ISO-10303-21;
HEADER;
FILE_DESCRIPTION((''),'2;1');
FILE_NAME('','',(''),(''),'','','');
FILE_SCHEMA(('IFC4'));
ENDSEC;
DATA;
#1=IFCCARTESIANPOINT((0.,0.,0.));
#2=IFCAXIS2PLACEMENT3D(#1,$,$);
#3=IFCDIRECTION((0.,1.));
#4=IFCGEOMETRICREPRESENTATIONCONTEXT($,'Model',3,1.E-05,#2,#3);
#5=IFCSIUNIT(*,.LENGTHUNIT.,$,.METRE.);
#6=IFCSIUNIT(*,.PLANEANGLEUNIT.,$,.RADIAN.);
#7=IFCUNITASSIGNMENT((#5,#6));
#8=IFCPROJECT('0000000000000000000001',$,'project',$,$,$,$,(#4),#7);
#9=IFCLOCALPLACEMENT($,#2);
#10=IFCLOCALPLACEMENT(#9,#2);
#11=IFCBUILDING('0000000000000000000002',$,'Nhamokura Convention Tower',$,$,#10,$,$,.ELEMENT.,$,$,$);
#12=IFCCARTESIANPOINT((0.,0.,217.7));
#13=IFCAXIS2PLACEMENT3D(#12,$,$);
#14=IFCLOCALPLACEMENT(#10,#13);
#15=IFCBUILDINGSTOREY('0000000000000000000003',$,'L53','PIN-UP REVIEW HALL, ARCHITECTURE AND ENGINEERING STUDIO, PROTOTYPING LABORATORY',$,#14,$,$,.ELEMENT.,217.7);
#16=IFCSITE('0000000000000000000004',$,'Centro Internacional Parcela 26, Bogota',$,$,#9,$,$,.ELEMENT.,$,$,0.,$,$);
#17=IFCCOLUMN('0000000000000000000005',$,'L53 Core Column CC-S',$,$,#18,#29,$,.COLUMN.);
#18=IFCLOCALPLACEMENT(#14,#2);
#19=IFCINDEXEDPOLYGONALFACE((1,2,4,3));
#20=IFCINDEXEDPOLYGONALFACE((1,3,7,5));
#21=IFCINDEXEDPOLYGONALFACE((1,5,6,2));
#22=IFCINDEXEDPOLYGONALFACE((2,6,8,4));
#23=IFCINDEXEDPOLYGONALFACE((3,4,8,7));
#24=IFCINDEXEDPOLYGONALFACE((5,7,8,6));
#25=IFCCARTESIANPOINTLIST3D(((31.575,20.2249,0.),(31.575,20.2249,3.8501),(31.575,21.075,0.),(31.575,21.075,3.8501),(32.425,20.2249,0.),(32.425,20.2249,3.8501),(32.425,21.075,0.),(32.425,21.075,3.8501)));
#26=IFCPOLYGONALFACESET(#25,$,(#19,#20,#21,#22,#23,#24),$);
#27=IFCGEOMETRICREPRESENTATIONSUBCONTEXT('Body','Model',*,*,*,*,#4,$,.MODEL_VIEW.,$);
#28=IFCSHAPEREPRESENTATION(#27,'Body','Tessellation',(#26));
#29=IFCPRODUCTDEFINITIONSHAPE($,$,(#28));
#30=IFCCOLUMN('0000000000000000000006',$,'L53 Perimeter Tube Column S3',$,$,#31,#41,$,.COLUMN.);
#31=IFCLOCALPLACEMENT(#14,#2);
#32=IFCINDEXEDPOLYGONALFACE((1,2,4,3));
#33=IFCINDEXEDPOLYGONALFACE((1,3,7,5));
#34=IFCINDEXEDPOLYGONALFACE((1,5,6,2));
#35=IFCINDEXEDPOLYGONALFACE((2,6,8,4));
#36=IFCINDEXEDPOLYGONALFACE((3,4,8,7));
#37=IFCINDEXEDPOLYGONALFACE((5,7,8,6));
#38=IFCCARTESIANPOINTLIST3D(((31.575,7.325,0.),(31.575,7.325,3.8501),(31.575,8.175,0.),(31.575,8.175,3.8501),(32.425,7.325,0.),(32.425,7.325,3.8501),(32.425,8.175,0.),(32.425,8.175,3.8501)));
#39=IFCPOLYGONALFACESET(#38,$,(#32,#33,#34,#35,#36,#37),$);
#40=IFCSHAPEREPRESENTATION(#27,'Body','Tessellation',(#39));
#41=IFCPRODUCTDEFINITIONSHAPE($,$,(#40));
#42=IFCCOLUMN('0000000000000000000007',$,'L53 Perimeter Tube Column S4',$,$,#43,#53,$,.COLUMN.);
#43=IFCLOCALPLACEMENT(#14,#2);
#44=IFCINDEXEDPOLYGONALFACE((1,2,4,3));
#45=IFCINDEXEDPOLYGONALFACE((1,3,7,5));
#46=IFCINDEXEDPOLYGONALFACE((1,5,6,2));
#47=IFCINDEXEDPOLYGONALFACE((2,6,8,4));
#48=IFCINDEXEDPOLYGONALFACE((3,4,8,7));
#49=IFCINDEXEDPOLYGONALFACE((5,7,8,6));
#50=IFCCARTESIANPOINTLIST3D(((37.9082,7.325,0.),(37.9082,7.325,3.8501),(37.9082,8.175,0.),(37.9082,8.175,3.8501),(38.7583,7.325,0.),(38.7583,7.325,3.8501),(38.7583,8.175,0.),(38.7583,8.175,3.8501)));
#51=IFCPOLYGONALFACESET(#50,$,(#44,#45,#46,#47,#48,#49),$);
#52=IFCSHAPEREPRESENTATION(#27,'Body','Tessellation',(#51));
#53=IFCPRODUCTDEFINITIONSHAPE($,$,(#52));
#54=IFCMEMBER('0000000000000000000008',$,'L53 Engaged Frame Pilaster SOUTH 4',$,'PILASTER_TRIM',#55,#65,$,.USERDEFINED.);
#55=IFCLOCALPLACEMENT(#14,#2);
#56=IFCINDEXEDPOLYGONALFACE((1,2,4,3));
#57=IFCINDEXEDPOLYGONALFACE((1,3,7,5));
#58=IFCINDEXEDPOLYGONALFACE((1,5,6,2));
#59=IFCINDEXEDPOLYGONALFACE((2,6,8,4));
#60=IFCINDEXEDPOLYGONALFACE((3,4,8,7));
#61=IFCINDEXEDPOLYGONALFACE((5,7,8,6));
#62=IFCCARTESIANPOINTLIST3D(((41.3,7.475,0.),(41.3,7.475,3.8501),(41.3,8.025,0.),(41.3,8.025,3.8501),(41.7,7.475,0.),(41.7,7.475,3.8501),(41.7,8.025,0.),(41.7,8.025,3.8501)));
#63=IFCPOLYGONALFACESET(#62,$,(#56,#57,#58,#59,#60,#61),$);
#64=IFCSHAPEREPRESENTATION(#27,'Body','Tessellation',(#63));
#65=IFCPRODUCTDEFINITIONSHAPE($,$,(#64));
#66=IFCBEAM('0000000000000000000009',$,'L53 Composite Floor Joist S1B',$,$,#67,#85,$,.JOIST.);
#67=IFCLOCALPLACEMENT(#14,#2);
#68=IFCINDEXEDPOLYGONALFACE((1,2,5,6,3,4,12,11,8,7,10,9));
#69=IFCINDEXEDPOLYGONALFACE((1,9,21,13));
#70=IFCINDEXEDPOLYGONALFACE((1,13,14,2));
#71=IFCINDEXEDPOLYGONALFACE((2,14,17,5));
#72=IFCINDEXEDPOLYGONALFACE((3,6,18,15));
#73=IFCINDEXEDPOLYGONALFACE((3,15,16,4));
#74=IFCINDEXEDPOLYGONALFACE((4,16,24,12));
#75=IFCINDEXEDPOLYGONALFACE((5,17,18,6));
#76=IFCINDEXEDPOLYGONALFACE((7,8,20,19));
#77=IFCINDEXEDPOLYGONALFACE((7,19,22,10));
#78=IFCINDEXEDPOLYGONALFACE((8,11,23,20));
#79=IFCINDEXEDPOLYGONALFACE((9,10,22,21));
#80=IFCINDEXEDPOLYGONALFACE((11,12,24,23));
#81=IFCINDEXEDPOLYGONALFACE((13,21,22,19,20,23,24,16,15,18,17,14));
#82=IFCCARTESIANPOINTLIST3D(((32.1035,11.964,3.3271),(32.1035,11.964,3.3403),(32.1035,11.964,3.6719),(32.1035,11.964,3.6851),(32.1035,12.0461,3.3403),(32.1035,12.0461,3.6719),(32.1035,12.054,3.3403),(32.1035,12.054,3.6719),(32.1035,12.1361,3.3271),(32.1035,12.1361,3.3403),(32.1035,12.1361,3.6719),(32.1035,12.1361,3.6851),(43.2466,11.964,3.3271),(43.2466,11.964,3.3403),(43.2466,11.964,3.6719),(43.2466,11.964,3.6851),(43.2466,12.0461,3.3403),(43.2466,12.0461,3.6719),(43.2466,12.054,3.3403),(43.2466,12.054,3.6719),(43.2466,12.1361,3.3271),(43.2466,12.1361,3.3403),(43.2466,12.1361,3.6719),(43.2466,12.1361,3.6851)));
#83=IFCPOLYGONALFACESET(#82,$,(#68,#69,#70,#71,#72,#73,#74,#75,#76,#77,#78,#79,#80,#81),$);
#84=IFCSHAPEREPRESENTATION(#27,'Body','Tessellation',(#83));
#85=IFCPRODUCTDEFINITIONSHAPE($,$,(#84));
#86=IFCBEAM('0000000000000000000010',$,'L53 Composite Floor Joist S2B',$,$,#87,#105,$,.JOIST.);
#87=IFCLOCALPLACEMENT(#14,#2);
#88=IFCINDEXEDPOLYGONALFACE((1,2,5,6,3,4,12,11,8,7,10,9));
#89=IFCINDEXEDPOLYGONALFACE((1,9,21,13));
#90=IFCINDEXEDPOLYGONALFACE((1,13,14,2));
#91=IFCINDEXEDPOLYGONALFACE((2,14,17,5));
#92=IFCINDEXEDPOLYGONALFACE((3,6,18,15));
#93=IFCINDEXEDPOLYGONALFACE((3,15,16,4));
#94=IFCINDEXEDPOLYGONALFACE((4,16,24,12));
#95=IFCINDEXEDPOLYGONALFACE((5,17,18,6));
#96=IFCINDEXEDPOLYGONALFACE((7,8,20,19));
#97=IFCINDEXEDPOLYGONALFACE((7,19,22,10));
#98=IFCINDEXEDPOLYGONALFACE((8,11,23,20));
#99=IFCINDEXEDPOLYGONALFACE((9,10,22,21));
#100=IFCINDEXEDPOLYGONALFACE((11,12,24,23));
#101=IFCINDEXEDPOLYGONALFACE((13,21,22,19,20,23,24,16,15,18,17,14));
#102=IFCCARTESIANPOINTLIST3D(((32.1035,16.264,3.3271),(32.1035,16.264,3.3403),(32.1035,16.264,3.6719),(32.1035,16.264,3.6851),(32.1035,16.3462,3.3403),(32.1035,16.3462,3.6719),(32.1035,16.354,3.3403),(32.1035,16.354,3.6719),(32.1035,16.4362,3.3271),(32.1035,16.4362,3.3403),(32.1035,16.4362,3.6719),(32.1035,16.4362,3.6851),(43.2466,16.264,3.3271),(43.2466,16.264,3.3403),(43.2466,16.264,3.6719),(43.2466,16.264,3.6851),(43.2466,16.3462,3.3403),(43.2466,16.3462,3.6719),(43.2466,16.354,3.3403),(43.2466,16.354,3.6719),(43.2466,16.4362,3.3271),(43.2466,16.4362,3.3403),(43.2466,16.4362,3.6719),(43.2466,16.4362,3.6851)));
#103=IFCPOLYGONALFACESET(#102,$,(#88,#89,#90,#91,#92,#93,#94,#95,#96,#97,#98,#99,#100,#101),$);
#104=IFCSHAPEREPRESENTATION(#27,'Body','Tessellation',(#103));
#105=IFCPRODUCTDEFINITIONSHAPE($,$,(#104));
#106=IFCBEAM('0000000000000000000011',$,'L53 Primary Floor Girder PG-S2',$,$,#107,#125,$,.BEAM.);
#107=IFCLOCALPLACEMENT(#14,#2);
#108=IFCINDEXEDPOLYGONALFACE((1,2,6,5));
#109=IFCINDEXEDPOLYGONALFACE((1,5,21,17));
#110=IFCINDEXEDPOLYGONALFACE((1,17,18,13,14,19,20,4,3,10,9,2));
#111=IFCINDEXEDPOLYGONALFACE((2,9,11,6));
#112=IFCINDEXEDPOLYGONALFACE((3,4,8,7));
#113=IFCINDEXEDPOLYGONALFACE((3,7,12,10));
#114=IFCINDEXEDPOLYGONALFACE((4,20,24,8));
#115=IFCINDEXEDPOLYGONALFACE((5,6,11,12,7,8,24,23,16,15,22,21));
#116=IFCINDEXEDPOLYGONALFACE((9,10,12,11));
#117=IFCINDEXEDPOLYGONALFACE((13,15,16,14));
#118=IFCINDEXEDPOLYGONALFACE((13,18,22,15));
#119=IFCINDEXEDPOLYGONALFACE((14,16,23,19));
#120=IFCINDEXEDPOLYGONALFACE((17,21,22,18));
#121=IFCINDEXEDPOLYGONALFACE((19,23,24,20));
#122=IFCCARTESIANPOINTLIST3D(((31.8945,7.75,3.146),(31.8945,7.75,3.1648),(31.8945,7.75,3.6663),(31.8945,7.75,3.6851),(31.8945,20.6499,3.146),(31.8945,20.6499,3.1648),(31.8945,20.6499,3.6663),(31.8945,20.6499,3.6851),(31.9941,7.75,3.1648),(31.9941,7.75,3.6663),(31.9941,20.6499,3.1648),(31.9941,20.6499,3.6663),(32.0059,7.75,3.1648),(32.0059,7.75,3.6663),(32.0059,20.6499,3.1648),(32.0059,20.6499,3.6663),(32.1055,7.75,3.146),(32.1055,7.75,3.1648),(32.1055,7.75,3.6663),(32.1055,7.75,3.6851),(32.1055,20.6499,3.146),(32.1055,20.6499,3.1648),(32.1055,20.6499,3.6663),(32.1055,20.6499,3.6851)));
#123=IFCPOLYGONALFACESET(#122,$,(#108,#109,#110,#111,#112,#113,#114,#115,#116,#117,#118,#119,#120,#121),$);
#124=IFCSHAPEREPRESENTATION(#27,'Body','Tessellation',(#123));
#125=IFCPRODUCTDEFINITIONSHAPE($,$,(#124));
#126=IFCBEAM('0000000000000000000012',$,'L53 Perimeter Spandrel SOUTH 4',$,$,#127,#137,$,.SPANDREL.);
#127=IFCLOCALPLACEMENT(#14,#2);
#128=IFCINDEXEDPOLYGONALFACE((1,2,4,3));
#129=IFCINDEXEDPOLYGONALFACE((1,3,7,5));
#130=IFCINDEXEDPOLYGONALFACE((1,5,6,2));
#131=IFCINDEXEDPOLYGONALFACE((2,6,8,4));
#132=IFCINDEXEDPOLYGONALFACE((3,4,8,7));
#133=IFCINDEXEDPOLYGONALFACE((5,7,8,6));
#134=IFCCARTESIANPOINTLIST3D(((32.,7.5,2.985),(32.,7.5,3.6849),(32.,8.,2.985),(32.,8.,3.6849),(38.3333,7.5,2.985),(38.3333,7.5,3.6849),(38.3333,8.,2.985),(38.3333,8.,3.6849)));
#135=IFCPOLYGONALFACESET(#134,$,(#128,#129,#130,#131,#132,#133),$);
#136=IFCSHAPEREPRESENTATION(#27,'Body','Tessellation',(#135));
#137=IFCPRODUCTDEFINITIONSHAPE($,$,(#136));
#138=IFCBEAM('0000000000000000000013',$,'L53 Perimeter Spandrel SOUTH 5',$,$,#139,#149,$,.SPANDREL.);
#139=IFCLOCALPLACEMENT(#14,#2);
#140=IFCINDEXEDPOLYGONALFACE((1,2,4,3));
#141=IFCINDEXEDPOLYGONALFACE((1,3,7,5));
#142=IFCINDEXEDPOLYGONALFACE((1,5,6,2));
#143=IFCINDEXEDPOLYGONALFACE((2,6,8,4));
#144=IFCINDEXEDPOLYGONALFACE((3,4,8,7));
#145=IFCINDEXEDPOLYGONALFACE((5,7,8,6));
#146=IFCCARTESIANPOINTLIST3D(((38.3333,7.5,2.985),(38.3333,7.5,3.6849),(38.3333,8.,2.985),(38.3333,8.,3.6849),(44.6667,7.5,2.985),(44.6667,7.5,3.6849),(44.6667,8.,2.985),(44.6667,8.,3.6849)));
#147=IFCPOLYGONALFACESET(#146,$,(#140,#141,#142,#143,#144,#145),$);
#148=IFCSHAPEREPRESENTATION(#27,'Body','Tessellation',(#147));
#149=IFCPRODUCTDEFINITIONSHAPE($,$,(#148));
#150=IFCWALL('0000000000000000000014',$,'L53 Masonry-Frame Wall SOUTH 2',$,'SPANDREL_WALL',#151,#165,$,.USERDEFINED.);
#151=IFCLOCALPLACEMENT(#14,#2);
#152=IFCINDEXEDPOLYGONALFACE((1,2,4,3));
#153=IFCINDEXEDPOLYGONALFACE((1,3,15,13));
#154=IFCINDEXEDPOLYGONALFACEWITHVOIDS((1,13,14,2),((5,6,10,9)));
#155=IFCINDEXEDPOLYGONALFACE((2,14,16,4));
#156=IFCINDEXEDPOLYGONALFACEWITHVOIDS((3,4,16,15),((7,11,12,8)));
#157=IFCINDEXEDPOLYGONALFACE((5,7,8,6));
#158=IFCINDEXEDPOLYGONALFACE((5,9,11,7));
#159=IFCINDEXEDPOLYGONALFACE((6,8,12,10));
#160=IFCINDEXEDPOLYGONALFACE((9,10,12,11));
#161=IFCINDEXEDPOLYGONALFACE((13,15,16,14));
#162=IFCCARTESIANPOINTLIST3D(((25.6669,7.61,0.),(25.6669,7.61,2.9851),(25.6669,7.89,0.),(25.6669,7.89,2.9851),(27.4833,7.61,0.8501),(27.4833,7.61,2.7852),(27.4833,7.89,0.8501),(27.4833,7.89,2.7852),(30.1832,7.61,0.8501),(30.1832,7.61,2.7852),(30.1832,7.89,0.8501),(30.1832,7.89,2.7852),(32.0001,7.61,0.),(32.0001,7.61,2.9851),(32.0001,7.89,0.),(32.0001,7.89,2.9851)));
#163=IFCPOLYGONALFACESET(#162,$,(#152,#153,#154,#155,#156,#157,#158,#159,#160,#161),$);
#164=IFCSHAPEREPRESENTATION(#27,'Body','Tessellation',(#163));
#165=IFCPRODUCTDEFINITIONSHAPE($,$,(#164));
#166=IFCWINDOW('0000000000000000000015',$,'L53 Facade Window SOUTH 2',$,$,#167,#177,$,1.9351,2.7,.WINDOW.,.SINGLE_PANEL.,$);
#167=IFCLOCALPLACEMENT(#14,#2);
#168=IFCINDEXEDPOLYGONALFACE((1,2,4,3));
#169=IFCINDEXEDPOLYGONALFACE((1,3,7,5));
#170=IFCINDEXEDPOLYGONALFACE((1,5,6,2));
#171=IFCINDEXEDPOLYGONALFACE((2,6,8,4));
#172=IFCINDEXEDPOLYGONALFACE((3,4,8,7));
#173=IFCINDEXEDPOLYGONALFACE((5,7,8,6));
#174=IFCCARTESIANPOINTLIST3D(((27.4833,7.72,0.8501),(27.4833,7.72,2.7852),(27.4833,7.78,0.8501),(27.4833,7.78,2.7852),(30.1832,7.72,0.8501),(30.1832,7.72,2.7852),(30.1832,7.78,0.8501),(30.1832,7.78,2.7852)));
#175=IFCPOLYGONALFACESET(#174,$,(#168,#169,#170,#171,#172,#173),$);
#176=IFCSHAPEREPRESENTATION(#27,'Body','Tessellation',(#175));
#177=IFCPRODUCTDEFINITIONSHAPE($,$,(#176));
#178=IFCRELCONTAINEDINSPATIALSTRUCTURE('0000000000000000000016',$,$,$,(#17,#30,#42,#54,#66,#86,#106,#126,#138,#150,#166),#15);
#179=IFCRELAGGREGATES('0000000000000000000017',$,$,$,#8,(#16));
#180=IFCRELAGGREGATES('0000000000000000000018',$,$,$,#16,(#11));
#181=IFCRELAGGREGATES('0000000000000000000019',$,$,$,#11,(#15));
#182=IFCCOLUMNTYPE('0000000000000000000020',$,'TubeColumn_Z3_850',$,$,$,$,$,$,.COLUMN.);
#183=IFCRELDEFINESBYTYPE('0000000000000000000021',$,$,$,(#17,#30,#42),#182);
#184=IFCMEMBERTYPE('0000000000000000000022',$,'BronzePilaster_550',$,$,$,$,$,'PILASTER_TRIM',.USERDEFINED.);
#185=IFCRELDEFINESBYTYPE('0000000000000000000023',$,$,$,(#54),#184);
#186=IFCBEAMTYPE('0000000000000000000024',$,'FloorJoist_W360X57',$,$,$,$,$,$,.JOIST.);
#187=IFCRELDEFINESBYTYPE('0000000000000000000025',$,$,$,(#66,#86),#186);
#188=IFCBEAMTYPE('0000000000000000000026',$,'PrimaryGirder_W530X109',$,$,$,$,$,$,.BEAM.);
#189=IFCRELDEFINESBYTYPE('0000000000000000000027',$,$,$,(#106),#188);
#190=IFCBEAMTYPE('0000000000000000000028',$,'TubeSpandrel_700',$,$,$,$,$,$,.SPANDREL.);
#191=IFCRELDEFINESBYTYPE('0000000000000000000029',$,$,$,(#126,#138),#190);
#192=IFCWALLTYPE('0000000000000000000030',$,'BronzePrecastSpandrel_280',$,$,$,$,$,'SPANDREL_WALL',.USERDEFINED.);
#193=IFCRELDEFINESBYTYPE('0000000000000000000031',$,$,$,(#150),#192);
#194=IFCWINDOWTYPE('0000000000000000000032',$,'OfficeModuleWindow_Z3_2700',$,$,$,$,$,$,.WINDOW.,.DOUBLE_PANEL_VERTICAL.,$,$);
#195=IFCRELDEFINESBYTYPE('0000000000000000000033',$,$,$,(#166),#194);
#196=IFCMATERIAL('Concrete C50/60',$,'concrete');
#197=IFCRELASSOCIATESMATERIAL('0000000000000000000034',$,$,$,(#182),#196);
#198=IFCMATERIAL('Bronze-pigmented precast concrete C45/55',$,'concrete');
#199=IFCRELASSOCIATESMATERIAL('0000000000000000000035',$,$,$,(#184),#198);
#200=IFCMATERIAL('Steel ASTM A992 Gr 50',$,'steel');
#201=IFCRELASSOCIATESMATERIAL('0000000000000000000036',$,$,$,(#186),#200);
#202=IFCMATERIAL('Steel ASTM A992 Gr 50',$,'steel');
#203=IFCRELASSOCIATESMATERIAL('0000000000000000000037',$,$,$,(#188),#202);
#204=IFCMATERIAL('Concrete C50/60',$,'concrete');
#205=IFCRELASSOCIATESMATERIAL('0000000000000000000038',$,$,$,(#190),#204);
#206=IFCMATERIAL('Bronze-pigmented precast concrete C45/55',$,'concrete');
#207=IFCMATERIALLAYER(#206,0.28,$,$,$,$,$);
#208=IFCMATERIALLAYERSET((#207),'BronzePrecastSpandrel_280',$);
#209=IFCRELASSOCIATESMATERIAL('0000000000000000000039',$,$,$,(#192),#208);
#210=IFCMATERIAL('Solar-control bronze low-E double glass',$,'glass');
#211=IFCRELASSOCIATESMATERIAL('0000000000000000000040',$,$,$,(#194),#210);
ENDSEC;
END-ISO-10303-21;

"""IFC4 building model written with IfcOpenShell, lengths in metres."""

from ifc_helpers import new_model, si_unit, direction, frame, frame_2d, origin, origin_2d, place, context, subcontext, project, spatial, rectangle, i_section, extrude, material, layer, layer_set, material_profile, profile_set, type_object, element, fill, save


model = new_model("IFC4")

# Units and contexts
model_context = context("Model", 3, precision=1e-05, world=origin(), true_north=direction((0.0, 1.0)))
body_context = subcontext(model_context, "Body", "Model", "MODEL_VIEW")
ifc_project = project(units=[si_unit("LENGTHUNIT", "METRE"), si_unit("PLANEANGLEUNIT", "RADIAN")], contexts=[model_context])

# Site, building, storey
site_placement = place(None, origin())
site = spatial("IfcSite", under=ifc_project, at=site_placement, Name="Centro Internacional Parcela 26, Bogota", CompositionType="ELEMENT", RefElevation=0.0)
building_placement = place(site_placement, origin())
building = spatial("IfcBuilding", under=site, at=building_placement, Name="Nhamokura Convention Tower", CompositionType="ELEMENT")
storey_placement = place(building_placement, frame((0.0, 0.0, 217.7)))
storey = spatial("IfcBuildingStorey", under=building, at=storey_placement, Name="L53", Description="PIN-UP REVIEW HALL, ARCHITECTURE AND ENGINEERING STUDIO, PROTOTYPING LABORATORY", CompositionType="ELEMENT", Elevation=217.7)

# Columns
ifc_material_1 = material(Name="Concrete C50/60", Category="concrete")
ifc_material_profile_1 = material_profile(ifc_material_1, rectangle(XDim=0.8501, YDim=0.8501, at=origin_2d()))
ifc_profile_set_1 = profile_set([ifc_material_profile_1], Name="Concrete C50/60")
column_type = type_object("IfcColumnType", Name="TubeColumn_Z3_850", PredefinedType="COLUMN", material=ifc_profile_set_1)
for number, where, z_axis, x_axis, name in (
    (1, (32.0, 20.6499, 0.0), (0.0, 0.0, 1.0), (1.0, 0.0, 0.0), "L53 Core Column CC-S"),
    (2, (32.0, 7.75, 0.0), (0.0, 0.0, 1.0), (1.0, 0.0, 0.0), "L53 Perimeter Tube Column S3"),
    (3, (38.3333, 7.75, 0.0), (0.0, 0.0, 1.0), (1.0, 0.0, 0.0), "L53 Perimeter Tube Column S4"),
):
    element("IfcColumn", number, at=place(storey_placement, frame(where, z_axis=z_axis, x_axis=x_axis)), inside=storey, type_object=column_type, Name=name, PredefinedType="COLUMN", context=body_context, shape_type="SweptSolid", body=[
        extrude(rectangle(XDim=0.8501, YDim=0.8501, at=origin_2d()), origin(), (0.0, 0.0, 1.0), 3.8501),
    ])

# Member
ifc_material_2 = material(Name="Bronze-pigmented precast concrete C45/55", Category="concrete")
ifc_material_profile_2 = material_profile(ifc_material_2, rectangle(XDim=0.3999, YDim=0.55, at=origin_2d()))
ifc_profile_set_2 = profile_set([ifc_material_profile_2], Name="Bronze-pigmented precast concrete C45/55")
member_type = type_object("IfcMemberType", Name="BronzePilaster_550", ElementType="PILASTER_TRIM", PredefinedType="USERDEFINED", material=ifc_profile_set_2)
member_placement = place(storey_placement, frame((41.5, 7.75, 0.0), z_axis=(0.0, 0.0, 1.0), x_axis=(1.0, 0.0, 0.0)))
element("IfcMember", 4, at=member_placement, inside=storey, type_object=member_type, Name="L53 Engaged Frame Pilaster SOUTH 4", ObjectType="PILASTER_TRIM", PredefinedType="USERDEFINED", context=body_context, shape_type="SweptSolid", body=[
    extrude(rectangle(XDim=0.3999, YDim=0.55, at=origin_2d()), origin(), (0.0, 0.0, 1.0), 3.8501),
])

# Beams
ifc_material_3 = material(Name="Steel ASTM A992 Gr 50", Category="steel")
ifc_material_profile_3 = material_profile(ifc_material_3, i_section(OverallWidth=0.1721, OverallDepth=0.3579, WebThickness=0.0078, FlangeThickness=0.0132, at=origin_2d()))
ifc_profile_set_3 = profile_set([ifc_material_profile_3], Name="Steel ASTM A992 Gr 50")
beam_type_1 = type_object("IfcBeamType", Name="FloorJoist_W360X57", PredefinedType="JOIST", material=ifc_profile_set_3)
for number, where, z_axis, x_axis, name in (
    (5, (32.1035, 12.05, 3.5061), (1.0, 0.0, 0.0), (0.0, 1.0, 0.0), "L53 Composite Floor Joist S1B"),
    (6, (32.1035, 16.3501, 3.5061), (1.0, 0.0, 0.0), (0.0, 1.0, 0.0), "L53 Composite Floor Joist S2B"),
):
    element("IfcBeam", number, at=place(storey_placement, frame(where, z_axis=z_axis, x_axis=x_axis)), inside=storey, type_object=beam_type_1, Name=name, PredefinedType="JOIST", context=body_context, shape_type="SweptSolid", body=[
        extrude(i_section(OverallWidth=0.1721, OverallDepth=0.3579, WebThickness=0.0078, FlangeThickness=0.0132, at=origin_2d()), origin(), (0.0, 0.0, 1.0), 11.1431),
    ])
ifc_material_4 = material(Name="Steel ASTM A992 Gr 50", Category="steel")
ifc_material_profile_4 = material_profile(ifc_material_4, i_section(OverallWidth=0.2109, OverallDepth=0.5391, WebThickness=0.0117, FlangeThickness=0.0188, at=origin_2d()))
ifc_profile_set_4 = profile_set([ifc_material_profile_4], Name="Steel ASTM A992 Gr 50")
beam_type_2 = type_object("IfcBeamType", Name="PrimaryGirder_W530X109", PredefinedType="BEAM", material=ifc_profile_set_4)
beam_1_placement = place(storey_placement, frame((32.0, 7.75, 3.4155), z_axis=(0.0, 1.0, 0.0), x_axis=(-1.0, 0.0, 0.0)))
element("IfcBeam", 7, at=beam_1_placement, inside=storey, type_object=beam_type_2, Name="L53 Primary Floor Girder PG-S2", PredefinedType="BEAM", context=body_context, shape_type="SweptSolid", body=[
    extrude(i_section(OverallWidth=0.2109, OverallDepth=0.5391, WebThickness=0.0117, FlangeThickness=0.0188, at=origin_2d()), origin(), (0.0, 0.0, 1.0), 12.8999),
])
ifc_material_5 = material(Name="Concrete C50/60", Category="concrete")
ifc_material_profile_5 = material_profile(ifc_material_5, rectangle(XDim=0.5, YDim=0.7, at=origin_2d()))
ifc_profile_set_5 = profile_set([ifc_material_profile_5], Name="Concrete C50/60")
beam_type_3 = type_object("IfcBeamType", Name="TubeSpandrel_700", PredefinedType="SPANDREL", material=ifc_profile_set_5)
beam_2_placement = place(storey_placement, frame((32.0, 7.75, 3.335), z_axis=(1.0, 0.0, 0.0), x_axis=(0.0, 1.0, 0.0)))
element("IfcBeam", 8, at=beam_2_placement, inside=storey, type_object=beam_type_3, Name="L53 Perimeter Spandrel SOUTH 4", PredefinedType="SPANDREL", context=body_context, shape_type="SweptSolid", body=[
    extrude(rectangle(XDim=0.5, YDim=0.7, at=origin_2d()), origin(), (0.0, 0.0, 1.0), 6.3333),
])
beam_3_placement = place(storey_placement, frame((38.3333, 7.75, 3.335), z_axis=(1.0, 0.0, 0.0), x_axis=(0.0, 1.0, 0.0)))
element("IfcBeam", 9, at=beam_3_placement, inside=storey, type_object=beam_type_3, Name="L53 Perimeter Spandrel SOUTH 5", PredefinedType="SPANDREL", context=body_context, shape_type="SweptSolid", body=[
    extrude(rectangle(XDim=0.5, YDim=0.7, at=origin_2d()), origin(), (0.0, 0.0, 1.0), 6.3335),
])

# Wall, opening, window
ifc_material_6 = material(Name="Bronze-pigmented precast concrete C45/55", Category="concrete")
ifc_layer_1 = layer(ifc_material_6, 0.28)
ifc_layer_set_1 = layer_set([ifc_layer_1], Name="BronzePrecastSpandrel_280")
wall_type_1 = type_object("IfcWallType", Name="BronzePrecastSpandrel_280", ElementType="SPANDREL_WALL", PredefinedType="USERDEFINED", material=ifc_layer_set_1)
wall_1_placement = place(storey_placement, frame((32.0, 7.75, 0.0), z_axis=(0.0, 0.0, 1.0), x_axis=(-1.0, 0.0, 0.0)))
wall_1 = element("IfcWall", 10, at=wall_1_placement, inside=storey, type_object=wall_type_1, Name="L53 Masonry-Frame Wall SOUTH 2", ObjectType="SPANDREL_WALL", PredefinedType="USERDEFINED", context=body_context, shape_type="SweptSolid", body=[
    extrude(rectangle(XDim=6.3333, YDim=0.28, at=frame_2d((3.1665, 0.0))), origin(), (0.0, 0.0, 1.0), 2.9851),
])
opening_1_placement = place(wall_1_placement, frame((1.8167, 0.0, 0.8501)))
opening_1 = element("IfcOpeningElement", 11, at=opening_1_placement, cuts=wall_1, PredefinedType="OPENING", context=body_context, shape_type="SweptSolid", body=[
    extrude(rectangle(XDim=2.7, YDim=1.9351, at=frame_2d((1.3501, 0.9675))), frame((0.0, 0.1499, 0.0), z_axis=(0.0, -1.0, 0.0), x_axis=(1.0, 0.0, 0.0)), (0.0, 0.0, 1.0), 0.3),
])
ifc_material_7 = material(Name="Solar-control bronze low-E double glass", Category="glass")
window_type = type_object("IfcWindowType", Name="OfficeModuleWindow_Z3_2700", PartitioningType="DOUBLE_PANEL_VERTICAL", PredefinedType="WINDOW", material=ifc_material_7)
window_1_placement = place(opening_1_placement, origin())
window_1 = element("IfcWindow", 12, at=window_1_placement, inside=storey, type_object=window_type, Name="L53 Facade Window SOUTH 2", OverallHeight=1.9351, OverallWidth=2.7, PartitioningType="SINGLE_PANEL", PredefinedType="WINDOW", context=body_context, shape_type="SweptSolid", body=[
    extrude(rectangle(XDim=2.7, YDim=1.9351, at=frame_2d((1.3501, 0.9675))), frame((0.0, 0.03, 0.0), z_axis=(0.0, -1.0, 0.0), x_axis=(1.0, 0.0, 0.0)), (0.0, 0.0, 1.0), 0.0601),
])
fill(opening_1, window_1)

save(model, "model.ifc")
